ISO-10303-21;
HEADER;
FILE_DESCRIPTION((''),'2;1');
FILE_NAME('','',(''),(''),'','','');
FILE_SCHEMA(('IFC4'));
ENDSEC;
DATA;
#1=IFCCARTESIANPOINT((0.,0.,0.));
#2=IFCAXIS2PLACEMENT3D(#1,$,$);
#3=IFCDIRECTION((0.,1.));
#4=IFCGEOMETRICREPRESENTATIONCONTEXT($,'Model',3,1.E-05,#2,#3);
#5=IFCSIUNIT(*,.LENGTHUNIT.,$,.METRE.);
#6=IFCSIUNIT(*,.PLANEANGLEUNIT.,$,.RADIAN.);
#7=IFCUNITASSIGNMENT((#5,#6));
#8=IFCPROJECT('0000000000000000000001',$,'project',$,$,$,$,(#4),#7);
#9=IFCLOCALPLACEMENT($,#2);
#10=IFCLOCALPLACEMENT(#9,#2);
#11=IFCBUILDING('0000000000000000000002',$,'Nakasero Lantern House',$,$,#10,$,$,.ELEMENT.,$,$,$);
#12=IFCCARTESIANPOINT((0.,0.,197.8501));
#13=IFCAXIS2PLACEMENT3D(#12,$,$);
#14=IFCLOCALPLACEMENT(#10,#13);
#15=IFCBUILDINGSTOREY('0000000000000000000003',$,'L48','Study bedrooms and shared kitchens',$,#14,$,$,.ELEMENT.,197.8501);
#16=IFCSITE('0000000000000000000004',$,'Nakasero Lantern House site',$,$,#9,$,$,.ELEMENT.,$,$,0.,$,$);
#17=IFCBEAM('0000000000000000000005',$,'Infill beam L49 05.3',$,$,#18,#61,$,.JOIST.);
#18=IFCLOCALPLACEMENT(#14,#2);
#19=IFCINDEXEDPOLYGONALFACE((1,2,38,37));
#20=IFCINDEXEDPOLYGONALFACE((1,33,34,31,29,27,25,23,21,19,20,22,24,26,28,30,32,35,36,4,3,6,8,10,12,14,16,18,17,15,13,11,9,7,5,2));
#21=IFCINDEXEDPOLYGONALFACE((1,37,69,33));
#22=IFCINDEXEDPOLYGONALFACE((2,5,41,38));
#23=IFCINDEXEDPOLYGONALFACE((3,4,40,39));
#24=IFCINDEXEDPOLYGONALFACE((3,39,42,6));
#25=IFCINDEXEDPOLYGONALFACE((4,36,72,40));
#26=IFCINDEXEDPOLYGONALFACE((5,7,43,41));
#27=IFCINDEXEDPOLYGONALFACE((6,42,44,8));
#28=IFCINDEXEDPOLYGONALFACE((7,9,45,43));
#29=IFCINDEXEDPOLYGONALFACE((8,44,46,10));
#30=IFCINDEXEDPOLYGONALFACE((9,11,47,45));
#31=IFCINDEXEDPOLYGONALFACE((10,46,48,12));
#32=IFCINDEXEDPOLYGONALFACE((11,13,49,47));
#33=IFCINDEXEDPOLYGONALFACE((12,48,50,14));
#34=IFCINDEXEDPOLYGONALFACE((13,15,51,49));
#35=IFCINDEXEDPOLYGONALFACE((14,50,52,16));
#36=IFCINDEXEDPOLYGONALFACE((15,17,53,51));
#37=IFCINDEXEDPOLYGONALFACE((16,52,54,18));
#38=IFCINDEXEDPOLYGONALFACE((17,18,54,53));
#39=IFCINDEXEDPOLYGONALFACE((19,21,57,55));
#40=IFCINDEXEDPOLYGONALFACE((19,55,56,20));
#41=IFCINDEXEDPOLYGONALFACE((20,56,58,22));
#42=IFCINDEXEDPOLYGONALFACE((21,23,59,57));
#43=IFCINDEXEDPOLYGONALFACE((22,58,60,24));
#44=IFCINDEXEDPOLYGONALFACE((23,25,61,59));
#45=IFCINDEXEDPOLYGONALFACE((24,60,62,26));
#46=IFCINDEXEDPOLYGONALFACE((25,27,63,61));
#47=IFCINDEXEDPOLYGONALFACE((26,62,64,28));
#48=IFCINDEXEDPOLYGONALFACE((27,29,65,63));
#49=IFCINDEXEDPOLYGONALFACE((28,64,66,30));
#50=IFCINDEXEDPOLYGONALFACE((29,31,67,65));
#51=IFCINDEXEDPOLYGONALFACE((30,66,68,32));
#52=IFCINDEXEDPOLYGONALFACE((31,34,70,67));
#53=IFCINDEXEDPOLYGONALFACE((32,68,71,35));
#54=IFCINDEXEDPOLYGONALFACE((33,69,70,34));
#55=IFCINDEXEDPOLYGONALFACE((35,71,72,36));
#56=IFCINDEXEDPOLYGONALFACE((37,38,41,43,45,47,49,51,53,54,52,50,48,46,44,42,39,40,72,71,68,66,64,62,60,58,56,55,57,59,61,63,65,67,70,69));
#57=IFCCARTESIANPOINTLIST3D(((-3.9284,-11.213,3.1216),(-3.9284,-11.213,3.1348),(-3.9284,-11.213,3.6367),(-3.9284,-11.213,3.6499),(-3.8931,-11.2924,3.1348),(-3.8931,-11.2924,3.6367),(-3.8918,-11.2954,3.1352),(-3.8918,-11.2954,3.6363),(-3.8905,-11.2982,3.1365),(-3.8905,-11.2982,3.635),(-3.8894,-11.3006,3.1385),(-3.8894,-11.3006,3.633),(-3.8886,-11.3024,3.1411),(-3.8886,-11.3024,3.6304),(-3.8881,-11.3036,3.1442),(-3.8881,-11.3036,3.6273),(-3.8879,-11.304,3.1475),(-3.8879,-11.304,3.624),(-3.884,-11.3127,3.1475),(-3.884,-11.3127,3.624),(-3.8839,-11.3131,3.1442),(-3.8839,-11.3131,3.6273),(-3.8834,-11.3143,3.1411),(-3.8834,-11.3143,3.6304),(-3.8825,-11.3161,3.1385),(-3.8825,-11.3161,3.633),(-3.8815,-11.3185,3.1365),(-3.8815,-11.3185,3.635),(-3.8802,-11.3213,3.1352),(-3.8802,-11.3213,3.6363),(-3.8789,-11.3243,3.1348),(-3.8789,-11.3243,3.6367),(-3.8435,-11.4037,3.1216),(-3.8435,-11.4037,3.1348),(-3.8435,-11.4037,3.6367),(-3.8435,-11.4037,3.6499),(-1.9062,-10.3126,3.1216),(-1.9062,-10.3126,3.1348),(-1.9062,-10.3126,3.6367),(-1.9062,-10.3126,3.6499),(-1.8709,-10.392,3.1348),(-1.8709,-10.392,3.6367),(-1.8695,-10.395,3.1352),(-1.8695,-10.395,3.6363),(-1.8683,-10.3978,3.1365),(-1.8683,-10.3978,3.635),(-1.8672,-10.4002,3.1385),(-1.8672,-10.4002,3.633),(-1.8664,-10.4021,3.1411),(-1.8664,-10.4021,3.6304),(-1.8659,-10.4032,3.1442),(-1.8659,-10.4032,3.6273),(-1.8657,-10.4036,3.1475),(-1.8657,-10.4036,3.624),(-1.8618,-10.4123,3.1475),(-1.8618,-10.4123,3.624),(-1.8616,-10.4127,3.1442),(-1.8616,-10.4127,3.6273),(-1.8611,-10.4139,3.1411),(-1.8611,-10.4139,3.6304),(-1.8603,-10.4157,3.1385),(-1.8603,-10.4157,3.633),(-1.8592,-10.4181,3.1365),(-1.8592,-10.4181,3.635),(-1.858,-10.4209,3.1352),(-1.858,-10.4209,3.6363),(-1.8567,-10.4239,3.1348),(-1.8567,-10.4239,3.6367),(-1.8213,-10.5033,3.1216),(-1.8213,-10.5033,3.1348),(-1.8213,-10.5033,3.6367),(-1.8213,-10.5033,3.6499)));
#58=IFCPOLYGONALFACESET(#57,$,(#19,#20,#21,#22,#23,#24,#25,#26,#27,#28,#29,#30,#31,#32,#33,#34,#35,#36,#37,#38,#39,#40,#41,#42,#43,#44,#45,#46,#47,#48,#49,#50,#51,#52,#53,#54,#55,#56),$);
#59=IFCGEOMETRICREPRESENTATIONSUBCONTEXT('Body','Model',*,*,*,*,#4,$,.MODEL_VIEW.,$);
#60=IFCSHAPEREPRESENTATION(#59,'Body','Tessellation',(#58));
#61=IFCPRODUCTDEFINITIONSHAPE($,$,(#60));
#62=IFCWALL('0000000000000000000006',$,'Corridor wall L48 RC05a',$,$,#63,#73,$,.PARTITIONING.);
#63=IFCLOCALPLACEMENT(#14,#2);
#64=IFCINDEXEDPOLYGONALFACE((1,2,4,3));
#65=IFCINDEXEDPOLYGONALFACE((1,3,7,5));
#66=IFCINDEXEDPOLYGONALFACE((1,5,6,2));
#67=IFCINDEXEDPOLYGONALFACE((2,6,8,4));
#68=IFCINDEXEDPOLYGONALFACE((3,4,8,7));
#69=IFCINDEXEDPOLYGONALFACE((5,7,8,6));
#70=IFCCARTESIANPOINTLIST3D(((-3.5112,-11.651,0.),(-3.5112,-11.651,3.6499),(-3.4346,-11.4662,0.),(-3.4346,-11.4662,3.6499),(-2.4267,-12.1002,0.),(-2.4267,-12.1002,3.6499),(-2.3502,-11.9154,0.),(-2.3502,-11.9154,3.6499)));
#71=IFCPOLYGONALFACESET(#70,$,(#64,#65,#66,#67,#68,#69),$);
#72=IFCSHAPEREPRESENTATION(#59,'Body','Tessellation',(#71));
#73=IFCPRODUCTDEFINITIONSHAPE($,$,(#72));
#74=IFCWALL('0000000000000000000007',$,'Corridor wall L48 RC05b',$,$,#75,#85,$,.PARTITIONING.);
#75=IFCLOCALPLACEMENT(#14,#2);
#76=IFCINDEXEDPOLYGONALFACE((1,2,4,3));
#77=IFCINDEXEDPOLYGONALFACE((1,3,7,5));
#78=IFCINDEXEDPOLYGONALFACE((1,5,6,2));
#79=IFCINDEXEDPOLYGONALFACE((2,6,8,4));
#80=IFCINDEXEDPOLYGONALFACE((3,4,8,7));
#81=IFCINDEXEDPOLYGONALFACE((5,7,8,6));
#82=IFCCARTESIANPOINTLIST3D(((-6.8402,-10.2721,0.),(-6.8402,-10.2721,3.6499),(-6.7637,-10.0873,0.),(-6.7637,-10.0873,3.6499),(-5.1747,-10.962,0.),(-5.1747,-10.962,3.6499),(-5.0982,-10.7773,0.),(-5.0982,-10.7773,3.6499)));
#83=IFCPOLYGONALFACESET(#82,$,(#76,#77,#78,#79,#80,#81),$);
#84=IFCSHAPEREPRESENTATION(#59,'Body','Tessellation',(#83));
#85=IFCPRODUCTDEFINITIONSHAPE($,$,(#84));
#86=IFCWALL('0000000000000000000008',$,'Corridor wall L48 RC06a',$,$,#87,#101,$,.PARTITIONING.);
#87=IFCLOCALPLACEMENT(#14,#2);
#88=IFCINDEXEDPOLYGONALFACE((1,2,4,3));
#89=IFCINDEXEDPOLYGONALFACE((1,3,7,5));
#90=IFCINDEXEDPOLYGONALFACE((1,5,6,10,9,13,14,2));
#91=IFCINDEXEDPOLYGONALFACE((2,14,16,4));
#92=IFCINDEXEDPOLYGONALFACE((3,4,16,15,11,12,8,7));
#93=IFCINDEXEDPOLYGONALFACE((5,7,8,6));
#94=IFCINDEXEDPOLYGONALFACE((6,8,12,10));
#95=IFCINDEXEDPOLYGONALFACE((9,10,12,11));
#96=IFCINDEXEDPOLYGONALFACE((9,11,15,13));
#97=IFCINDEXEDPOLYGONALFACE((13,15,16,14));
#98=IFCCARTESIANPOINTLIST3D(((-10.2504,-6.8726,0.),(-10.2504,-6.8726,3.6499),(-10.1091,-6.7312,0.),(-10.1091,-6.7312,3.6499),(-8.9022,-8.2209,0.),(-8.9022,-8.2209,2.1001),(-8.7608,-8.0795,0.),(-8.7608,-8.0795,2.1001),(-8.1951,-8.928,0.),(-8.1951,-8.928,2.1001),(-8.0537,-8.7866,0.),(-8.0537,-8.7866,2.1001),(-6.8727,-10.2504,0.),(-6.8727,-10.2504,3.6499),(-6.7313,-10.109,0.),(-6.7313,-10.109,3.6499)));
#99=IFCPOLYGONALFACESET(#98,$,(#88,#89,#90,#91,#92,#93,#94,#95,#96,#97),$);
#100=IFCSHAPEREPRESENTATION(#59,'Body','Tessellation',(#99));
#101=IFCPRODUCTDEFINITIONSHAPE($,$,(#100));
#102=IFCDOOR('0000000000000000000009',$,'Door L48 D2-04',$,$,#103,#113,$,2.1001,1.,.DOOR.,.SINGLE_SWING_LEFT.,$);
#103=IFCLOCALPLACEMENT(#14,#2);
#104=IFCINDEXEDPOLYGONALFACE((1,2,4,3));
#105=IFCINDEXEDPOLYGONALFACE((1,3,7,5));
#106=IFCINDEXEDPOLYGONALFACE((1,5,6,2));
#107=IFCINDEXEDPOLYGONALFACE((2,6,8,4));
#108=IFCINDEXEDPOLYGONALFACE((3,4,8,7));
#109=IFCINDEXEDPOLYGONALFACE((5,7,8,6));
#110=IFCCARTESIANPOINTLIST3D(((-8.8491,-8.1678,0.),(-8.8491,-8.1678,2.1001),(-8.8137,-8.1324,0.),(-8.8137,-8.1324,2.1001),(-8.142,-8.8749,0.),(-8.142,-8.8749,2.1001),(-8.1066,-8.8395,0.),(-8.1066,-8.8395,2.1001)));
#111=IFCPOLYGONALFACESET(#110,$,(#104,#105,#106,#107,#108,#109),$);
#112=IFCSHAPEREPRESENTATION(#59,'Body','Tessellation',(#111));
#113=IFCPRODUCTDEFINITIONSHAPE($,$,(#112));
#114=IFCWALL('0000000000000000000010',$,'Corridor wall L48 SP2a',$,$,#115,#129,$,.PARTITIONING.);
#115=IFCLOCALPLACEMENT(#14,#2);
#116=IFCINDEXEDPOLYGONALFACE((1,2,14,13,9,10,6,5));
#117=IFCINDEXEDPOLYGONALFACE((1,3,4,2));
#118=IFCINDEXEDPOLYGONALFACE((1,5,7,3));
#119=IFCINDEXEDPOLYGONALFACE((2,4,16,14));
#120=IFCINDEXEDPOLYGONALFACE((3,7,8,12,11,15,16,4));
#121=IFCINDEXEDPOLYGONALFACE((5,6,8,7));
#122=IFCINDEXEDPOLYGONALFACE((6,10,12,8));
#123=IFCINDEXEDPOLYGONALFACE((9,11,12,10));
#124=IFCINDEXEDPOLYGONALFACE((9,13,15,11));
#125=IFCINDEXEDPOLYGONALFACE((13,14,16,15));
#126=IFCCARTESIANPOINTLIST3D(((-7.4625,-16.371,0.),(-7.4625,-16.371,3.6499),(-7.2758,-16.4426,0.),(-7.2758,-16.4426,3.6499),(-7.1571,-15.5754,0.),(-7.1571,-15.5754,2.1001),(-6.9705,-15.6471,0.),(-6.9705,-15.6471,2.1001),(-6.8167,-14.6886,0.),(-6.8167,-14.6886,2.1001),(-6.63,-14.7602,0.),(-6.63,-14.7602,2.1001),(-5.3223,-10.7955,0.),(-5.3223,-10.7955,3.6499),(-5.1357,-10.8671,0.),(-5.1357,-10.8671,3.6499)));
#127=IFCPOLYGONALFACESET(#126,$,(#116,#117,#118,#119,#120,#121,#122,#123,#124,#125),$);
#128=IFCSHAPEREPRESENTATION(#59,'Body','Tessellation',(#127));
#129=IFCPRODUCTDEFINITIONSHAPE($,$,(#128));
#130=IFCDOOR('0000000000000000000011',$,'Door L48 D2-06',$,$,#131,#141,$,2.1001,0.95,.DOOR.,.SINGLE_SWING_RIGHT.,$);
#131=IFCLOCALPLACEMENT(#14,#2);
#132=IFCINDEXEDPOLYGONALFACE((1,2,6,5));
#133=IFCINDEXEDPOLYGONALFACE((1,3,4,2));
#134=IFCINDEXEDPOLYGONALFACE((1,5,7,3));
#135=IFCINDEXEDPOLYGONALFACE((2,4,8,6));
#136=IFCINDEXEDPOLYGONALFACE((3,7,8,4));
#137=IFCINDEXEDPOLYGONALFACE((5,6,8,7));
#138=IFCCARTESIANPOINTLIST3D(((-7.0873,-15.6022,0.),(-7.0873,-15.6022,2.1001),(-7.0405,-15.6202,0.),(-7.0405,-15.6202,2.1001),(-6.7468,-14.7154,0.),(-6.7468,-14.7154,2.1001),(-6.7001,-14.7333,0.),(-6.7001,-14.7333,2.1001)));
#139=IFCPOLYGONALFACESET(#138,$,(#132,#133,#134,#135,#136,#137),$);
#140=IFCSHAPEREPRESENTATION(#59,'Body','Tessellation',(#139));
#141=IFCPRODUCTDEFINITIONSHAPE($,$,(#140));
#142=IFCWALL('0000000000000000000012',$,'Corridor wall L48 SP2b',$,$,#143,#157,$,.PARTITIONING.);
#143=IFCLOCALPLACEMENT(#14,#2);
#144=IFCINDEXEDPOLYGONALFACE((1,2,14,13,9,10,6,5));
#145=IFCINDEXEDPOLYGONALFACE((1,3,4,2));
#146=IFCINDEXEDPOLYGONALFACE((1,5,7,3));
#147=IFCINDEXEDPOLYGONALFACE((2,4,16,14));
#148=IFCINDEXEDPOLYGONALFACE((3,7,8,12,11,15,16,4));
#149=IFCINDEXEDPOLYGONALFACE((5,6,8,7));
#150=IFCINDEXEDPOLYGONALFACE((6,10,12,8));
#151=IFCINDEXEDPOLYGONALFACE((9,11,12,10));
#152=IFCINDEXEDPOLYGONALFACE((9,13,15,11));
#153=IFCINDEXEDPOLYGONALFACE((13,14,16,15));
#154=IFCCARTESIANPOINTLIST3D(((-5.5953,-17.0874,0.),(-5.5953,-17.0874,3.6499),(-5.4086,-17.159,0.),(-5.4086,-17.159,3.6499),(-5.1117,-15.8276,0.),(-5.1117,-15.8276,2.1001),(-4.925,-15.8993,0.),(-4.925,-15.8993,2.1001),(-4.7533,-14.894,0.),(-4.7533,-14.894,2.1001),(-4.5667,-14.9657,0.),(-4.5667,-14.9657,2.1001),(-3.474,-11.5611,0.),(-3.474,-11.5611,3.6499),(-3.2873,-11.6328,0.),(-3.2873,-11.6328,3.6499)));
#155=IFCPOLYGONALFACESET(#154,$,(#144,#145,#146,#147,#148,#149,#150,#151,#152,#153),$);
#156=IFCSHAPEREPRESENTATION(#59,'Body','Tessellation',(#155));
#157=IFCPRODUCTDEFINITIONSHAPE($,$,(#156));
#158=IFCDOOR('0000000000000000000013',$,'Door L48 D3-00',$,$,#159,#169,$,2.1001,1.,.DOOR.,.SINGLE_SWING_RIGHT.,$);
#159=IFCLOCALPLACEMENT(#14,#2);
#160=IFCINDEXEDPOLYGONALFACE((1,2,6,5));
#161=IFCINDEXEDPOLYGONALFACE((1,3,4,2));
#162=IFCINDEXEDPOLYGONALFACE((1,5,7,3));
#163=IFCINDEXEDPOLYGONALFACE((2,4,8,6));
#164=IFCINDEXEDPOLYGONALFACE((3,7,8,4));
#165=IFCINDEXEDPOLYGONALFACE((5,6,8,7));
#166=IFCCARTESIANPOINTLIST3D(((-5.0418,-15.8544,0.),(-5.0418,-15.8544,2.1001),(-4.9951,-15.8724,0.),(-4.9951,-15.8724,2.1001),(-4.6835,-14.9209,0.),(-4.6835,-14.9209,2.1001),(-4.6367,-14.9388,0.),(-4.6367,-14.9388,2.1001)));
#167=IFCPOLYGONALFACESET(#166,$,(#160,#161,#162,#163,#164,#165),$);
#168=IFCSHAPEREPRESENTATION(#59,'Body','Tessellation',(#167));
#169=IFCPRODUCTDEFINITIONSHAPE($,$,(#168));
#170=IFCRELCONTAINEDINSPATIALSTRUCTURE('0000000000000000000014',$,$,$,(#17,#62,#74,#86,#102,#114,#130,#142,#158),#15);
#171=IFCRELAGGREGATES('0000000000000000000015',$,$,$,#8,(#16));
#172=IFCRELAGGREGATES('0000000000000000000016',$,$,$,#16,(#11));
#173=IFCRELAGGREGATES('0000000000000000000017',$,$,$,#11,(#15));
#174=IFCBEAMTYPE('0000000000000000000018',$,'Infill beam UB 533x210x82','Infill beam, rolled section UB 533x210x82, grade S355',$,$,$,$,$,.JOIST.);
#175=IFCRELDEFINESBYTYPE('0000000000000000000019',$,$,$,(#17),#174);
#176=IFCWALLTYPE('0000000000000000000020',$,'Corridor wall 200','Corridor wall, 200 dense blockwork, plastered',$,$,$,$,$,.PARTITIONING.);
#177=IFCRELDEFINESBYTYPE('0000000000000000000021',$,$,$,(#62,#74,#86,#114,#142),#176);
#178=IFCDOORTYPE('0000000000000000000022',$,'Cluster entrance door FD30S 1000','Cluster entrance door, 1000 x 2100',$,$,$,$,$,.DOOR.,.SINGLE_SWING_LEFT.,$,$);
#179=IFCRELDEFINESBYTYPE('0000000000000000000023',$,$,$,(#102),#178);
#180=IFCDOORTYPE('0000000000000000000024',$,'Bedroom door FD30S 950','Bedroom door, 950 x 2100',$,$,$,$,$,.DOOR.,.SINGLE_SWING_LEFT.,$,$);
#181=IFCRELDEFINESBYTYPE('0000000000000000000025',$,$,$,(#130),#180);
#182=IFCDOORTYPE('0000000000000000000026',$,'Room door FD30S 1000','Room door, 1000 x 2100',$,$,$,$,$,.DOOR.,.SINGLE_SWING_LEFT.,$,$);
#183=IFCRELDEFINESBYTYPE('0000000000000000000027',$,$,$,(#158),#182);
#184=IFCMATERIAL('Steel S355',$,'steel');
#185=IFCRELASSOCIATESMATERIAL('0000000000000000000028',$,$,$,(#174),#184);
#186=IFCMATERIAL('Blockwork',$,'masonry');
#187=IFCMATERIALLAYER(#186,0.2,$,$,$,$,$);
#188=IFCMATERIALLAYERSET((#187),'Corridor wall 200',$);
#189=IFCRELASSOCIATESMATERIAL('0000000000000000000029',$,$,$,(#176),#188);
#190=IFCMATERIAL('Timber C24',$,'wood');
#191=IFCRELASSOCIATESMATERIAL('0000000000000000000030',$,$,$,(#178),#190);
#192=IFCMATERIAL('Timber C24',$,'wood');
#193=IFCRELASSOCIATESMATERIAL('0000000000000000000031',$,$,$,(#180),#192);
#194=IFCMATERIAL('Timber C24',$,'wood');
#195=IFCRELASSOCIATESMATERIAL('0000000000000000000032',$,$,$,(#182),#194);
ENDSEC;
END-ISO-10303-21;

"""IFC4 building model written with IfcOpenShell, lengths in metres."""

from ifc_helpers import new_model, si_unit, direction, frame, frame_2d, origin, origin_2d, place, context, subcontext, project, spatial, rectangle, i_section, extrude, material, layer, layer_set, material_profile, profile_set, type_object, element, fill, save


model = new_model("IFC4")

# Units and contexts
model_context = context("Model", 3, precision=1e-05, world=origin(), true_north=direction((0.0, 1.0)))
body_context = subcontext(model_context, "Body", "Model", "MODEL_VIEW")
ifc_project = project(units=[si_unit("LENGTHUNIT", "METRE"), si_unit("PLANEANGLEUNIT", "RADIAN")], contexts=[model_context])

# Site, building, storey
site_placement = place(None, origin())
site = spatial("IfcSite", under=ifc_project, at=site_placement, Name="Nakasero Lantern House site", CompositionType="ELEMENT", RefElevation=0.0)
building_placement = place(site_placement, origin())
building = spatial("IfcBuilding", under=site, at=building_placement, Name="Nakasero Lantern House", CompositionType="ELEMENT")
storey_placement = place(building_placement, frame((0.0, 0.0, 197.8501)))
storey = spatial("IfcBuildingStorey", under=building, at=storey_placement, Name="L48", Description="Study bedrooms and shared kitchens", CompositionType="ELEMENT", Elevation=197.8501)

# Beam
ifc_material_1 = material(Name="Steel S355", Category="steel")
ifc_material_profile = material_profile(ifc_material_1, i_section(OverallWidth=0.2087, OverallDepth=0.5283, WebThickness=0.0095, FlangeThickness=0.0132, FilletRadius=0.0127, at=origin_2d()), Name="UB 533x210x82")
ifc_profile_set = profile_set([ifc_material_profile], Name="Steel S355")
beam_type = type_object("IfcBeamType", Name="Infill beam UB 533x210x82", Description="Infill beam, rolled section UB 533x210x82, grade S355", PredefinedType="JOIST", material=ifc_profile_set)
beam_placement = place(storey_placement, frame((-3.886, -11.3083, 3.3857), z_axis=(0.913538, 0.406752, 0.0), x_axis=(-0.406752, 0.913538, 0.0)))
element("IfcBeam", 1, at=beam_placement, inside=storey, type_object=beam_type, Name="Infill beam L49 05.3", PredefinedType="JOIST", context=body_context, shape_type="SweptSolid", body=[
    extrude(i_section(OverallWidth=0.2087, OverallDepth=0.5283, WebThickness=0.0095, FlangeThickness=0.0132, FilletRadius=0.0127, at=origin_2d()), origin(), (0.0, 0.0, 1.0), 2.2136),
])

# Walls
ifc_material_2 = material(Name="Blockwork", Category="masonry")
ifc_layer_1 = layer(ifc_material_2, 0.2)
ifc_layer_set_1 = layer_set([ifc_layer_1], Name="Corridor wall 200")
wall_type_1 = type_object("IfcWallType", Name="Corridor wall 200", Description="Corridor wall, 200 dense blockwork, plastered", PredefinedType="PARTITIONING", material=ifc_layer_set_1)
wall_1_placement = place(storey_placement, frame((-2.3884, -12.0078, 0.0), z_axis=(0.0, 0.0, 1.0), x_axis=(-0.923875, 0.382695, 0.0)))
element("IfcWall", 2, at=wall_1_placement, inside=storey, type_object=wall_type_1, Name="Corridor wall L48 RC05a", PredefinedType="PARTITIONING", context=body_context, shape_type="SweptSolid", body=[
    extrude(rectangle(XDim=1.1738, YDim=0.2, at=frame_2d((0.5869, 0.0))), origin(), (0.0, 0.0, 1.0), 3.6499),
])
wall_2_placement = place(storey_placement, frame((-5.1365, -10.8696, 0.0), z_axis=(0.0, 0.0, 1.0), x_axis=(-0.923868, 0.382711, 0.0)))
element("IfcWall", 3, at=wall_2_placement, inside=storey, type_object=wall_type_1, Name="Corridor wall L48 RC05b", PredefinedType="PARTITIONING", context=body_context, shape_type="SweptSolid", body=[
    extrude(rectangle(XDim=1.8027, YDim=0.2, at=frame_2d((0.9014, 0.0))), origin(), (0.0, 0.0, 1.0), 3.6499),
])

# Walls, openings, doors
wall_3_placement = place(storey_placement, frame((-6.802, -10.1797, 0.0), z_axis=(0.0, 0.0, 1.0), x_axis=(-0.707107, 0.707107, 0.0)))
wall_3 = element("IfcWall", 4, at=wall_3_placement, inside=storey, type_object=wall_type_1, Name="Corridor wall L48 RC06a", PredefinedType="PARTITIONING", context=body_context, shape_type="SweptSolid", body=[
    extrude(rectangle(XDim=4.7769, YDim=0.2, at=frame_2d((2.3884, 0.0))), origin(), (0.0, 0.0, 1.0), 3.6499),
])
opening_1_placement = place(wall_3_placement, frame((1.8701, 0.0, 0.0)))
opening_1 = element("IfcOpeningElement", 5, at=opening_1_placement, cuts=wall_3, PredefinedType="OPENING", context=body_context, shape_type="SweptSolid", body=[
    extrude(rectangle(XDim=1.0, YDim=2.1001, at=frame_2d((0.5, 1.05))), frame((0.0, 0.1199, 0.0), z_axis=(0.0, -1.0, 0.0), x_axis=(1.0, 0.0, 0.0)), (0.0, 0.0, 1.0), 0.24),
])
ifc_material_3 = material(Name="Timber C24", Category="wood")
door_type_1 = type_object("IfcDoorType", Name="Cluster entrance door FD30S 1000", Description="Cluster entrance door, 1000 x 2100", OperationType="SINGLE_SWING_LEFT", PredefinedType="DOOR", material=ifc_material_3)
door_1_placement = place(opening_1_placement, origin())
door_1 = element("IfcDoor", 6, at=door_1_placement, inside=storey, type_object=door_type_1, Name="Door L48 D2-04", OperationType="SINGLE_SWING_LEFT", OverallHeight=2.1001, OverallWidth=1.0, PredefinedType="DOOR", context=body_context, shape_type="SweptSolid", body=[
    extrude(rectangle(XDim=1.0, YDim=2.1001, at=frame_2d((0.5, 1.05))), frame((0.0, 0.0249, 0.0), z_axis=(0.0, -1.0, 0.0), x_axis=(1.0, 0.0, 0.0)), (0.0, 0.0, 1.0), 0.05),
])
fill(opening_1, door_1)
wall_4_placement = place(storey_placement, frame((-5.229, -10.8313, 0.0), z_axis=(0.0, 0.0, 1.0), x_axis=(-0.358357, -0.933585, 0.0)))
wall_4 = element("IfcWall", 7, at=wall_4_placement, inside=storey, type_object=wall_type_1, Name="Corridor wall L48 SP2a", PredefinedType="PARTITIONING", context=body_context, shape_type="SweptSolid", body=[
    extrude(rectangle(XDim=5.9722, YDim=0.2, at=frame_2d((2.9861, 0.0))), origin(), (0.0, 0.0, 1.0), 3.6499),
])
opening_2_placement = place(wall_4_placement, frame((4.1699, 0.0, 0.0)))
opening_2 = element("IfcOpeningElement", 8, at=opening_2_placement, cuts=wall_4, PredefinedType="OPENING", context=body_context, shape_type="SweptSolid", body=[
    extrude(rectangle(XDim=0.95, YDim=2.1001, at=frame_2d((0.4751, 1.05))), frame((0.0, 0.1199, 0.0), z_axis=(0.0, -1.0, 0.0), x_axis=(1.0, 0.0, 0.0)), (0.0, 0.0, 1.0), 0.24),
])
ifc_material_4 = material(Name="Timber C24", Category="wood")
door_type_2 = type_object("IfcDoorType", Name="Bedroom door FD30S 950", Description="Bedroom door, 950 x 2100", OperationType="SINGLE_SWING_LEFT", PredefinedType="DOOR", material=ifc_material_4)
door_2_placement = place(opening_2_placement, origin())
door_2 = element("IfcDoor", 9, at=door_2_placement, inside=storey, type_object=door_type_2, Name="Door L48 D2-06", OperationType="SINGLE_SWING_RIGHT", OverallHeight=2.1001, OverallWidth=0.95, PredefinedType="DOOR", context=body_context, shape_type="SweptSolid", body=[
    extrude(rectangle(XDim=0.95, YDim=2.1001, at=frame_2d((0.4751, 1.05))), frame((0.0, 0.0249, 0.0), z_axis=(0.0, -1.0, 0.0), x_axis=(1.0, 0.0, 0.0)), (0.0, 0.0, 1.0), 0.05),
])
fill(opening_2, door_2)
wall_5_placement = place(storey_placement, frame((-3.3806, -11.5969, 0.0), z_axis=(0.0, 0.0, 1.0), x_axis=(-0.358363, -0.933582, 0.0)))
wall_5 = element("IfcWall", 10, at=wall_5_placement, inside=storey, type_object=wall_type_1, Name="Corridor wall L48 SP2b", PredefinedType="PARTITIONING", context=body_context, shape_type="SweptSolid", body=[
    extrude(rectangle(XDim=5.9194, YDim=0.2, at=frame_2d((2.9597, 0.0))), origin(), (0.0, 0.0, 1.0), 3.6499),
])
opening_3_placement = place(wall_5_placement, frame((3.5701, 0.0, 0.0)))
opening_3 = element("IfcOpeningElement", 11, at=opening_3_placement, cuts=wall_5, PredefinedType="OPENING", context=body_context, shape_type="SweptSolid", body=[
    extrude(rectangle(XDim=1.0, YDim=2.1001, at=frame_2d((0.5, 1.05))), frame((0.0, 0.1199, 0.0), z_axis=(0.0, -1.0, 0.0), x_axis=(1.0, 0.0, 0.0)), (0.0, 0.0, 1.0), 0.24),
])
ifc_material_5 = material(Name="Timber C24", Category="wood")
door_type_3 = type_object("IfcDoorType", Name="Room door FD30S 1000", Description="Room door, 1000 x 2100", OperationType="SINGLE_SWING_LEFT", PredefinedType="DOOR", material=ifc_material_5)
door_3_placement = place(opening_3_placement, origin())
door_3 = element("IfcDoor", 12, at=door_3_placement, inside=storey, type_object=door_type_3, Name="Door L48 D3-00", OperationType="SINGLE_SWING_RIGHT", OverallHeight=2.1001, OverallWidth=1.0, PredefinedType="DOOR", context=body_context, shape_type="SweptSolid", body=[
    extrude(rectangle(XDim=1.0, YDim=2.1001, at=frame_2d((0.5, 1.05))), frame((0.0, 0.0249, 0.0), z_axis=(0.0, -1.0, 0.0), x_axis=(1.0, 0.0, 0.0)), (0.0, 0.0, 1.0), 0.05),
])
fill(opening_3, door_3)

save(model, "model.ifc")
